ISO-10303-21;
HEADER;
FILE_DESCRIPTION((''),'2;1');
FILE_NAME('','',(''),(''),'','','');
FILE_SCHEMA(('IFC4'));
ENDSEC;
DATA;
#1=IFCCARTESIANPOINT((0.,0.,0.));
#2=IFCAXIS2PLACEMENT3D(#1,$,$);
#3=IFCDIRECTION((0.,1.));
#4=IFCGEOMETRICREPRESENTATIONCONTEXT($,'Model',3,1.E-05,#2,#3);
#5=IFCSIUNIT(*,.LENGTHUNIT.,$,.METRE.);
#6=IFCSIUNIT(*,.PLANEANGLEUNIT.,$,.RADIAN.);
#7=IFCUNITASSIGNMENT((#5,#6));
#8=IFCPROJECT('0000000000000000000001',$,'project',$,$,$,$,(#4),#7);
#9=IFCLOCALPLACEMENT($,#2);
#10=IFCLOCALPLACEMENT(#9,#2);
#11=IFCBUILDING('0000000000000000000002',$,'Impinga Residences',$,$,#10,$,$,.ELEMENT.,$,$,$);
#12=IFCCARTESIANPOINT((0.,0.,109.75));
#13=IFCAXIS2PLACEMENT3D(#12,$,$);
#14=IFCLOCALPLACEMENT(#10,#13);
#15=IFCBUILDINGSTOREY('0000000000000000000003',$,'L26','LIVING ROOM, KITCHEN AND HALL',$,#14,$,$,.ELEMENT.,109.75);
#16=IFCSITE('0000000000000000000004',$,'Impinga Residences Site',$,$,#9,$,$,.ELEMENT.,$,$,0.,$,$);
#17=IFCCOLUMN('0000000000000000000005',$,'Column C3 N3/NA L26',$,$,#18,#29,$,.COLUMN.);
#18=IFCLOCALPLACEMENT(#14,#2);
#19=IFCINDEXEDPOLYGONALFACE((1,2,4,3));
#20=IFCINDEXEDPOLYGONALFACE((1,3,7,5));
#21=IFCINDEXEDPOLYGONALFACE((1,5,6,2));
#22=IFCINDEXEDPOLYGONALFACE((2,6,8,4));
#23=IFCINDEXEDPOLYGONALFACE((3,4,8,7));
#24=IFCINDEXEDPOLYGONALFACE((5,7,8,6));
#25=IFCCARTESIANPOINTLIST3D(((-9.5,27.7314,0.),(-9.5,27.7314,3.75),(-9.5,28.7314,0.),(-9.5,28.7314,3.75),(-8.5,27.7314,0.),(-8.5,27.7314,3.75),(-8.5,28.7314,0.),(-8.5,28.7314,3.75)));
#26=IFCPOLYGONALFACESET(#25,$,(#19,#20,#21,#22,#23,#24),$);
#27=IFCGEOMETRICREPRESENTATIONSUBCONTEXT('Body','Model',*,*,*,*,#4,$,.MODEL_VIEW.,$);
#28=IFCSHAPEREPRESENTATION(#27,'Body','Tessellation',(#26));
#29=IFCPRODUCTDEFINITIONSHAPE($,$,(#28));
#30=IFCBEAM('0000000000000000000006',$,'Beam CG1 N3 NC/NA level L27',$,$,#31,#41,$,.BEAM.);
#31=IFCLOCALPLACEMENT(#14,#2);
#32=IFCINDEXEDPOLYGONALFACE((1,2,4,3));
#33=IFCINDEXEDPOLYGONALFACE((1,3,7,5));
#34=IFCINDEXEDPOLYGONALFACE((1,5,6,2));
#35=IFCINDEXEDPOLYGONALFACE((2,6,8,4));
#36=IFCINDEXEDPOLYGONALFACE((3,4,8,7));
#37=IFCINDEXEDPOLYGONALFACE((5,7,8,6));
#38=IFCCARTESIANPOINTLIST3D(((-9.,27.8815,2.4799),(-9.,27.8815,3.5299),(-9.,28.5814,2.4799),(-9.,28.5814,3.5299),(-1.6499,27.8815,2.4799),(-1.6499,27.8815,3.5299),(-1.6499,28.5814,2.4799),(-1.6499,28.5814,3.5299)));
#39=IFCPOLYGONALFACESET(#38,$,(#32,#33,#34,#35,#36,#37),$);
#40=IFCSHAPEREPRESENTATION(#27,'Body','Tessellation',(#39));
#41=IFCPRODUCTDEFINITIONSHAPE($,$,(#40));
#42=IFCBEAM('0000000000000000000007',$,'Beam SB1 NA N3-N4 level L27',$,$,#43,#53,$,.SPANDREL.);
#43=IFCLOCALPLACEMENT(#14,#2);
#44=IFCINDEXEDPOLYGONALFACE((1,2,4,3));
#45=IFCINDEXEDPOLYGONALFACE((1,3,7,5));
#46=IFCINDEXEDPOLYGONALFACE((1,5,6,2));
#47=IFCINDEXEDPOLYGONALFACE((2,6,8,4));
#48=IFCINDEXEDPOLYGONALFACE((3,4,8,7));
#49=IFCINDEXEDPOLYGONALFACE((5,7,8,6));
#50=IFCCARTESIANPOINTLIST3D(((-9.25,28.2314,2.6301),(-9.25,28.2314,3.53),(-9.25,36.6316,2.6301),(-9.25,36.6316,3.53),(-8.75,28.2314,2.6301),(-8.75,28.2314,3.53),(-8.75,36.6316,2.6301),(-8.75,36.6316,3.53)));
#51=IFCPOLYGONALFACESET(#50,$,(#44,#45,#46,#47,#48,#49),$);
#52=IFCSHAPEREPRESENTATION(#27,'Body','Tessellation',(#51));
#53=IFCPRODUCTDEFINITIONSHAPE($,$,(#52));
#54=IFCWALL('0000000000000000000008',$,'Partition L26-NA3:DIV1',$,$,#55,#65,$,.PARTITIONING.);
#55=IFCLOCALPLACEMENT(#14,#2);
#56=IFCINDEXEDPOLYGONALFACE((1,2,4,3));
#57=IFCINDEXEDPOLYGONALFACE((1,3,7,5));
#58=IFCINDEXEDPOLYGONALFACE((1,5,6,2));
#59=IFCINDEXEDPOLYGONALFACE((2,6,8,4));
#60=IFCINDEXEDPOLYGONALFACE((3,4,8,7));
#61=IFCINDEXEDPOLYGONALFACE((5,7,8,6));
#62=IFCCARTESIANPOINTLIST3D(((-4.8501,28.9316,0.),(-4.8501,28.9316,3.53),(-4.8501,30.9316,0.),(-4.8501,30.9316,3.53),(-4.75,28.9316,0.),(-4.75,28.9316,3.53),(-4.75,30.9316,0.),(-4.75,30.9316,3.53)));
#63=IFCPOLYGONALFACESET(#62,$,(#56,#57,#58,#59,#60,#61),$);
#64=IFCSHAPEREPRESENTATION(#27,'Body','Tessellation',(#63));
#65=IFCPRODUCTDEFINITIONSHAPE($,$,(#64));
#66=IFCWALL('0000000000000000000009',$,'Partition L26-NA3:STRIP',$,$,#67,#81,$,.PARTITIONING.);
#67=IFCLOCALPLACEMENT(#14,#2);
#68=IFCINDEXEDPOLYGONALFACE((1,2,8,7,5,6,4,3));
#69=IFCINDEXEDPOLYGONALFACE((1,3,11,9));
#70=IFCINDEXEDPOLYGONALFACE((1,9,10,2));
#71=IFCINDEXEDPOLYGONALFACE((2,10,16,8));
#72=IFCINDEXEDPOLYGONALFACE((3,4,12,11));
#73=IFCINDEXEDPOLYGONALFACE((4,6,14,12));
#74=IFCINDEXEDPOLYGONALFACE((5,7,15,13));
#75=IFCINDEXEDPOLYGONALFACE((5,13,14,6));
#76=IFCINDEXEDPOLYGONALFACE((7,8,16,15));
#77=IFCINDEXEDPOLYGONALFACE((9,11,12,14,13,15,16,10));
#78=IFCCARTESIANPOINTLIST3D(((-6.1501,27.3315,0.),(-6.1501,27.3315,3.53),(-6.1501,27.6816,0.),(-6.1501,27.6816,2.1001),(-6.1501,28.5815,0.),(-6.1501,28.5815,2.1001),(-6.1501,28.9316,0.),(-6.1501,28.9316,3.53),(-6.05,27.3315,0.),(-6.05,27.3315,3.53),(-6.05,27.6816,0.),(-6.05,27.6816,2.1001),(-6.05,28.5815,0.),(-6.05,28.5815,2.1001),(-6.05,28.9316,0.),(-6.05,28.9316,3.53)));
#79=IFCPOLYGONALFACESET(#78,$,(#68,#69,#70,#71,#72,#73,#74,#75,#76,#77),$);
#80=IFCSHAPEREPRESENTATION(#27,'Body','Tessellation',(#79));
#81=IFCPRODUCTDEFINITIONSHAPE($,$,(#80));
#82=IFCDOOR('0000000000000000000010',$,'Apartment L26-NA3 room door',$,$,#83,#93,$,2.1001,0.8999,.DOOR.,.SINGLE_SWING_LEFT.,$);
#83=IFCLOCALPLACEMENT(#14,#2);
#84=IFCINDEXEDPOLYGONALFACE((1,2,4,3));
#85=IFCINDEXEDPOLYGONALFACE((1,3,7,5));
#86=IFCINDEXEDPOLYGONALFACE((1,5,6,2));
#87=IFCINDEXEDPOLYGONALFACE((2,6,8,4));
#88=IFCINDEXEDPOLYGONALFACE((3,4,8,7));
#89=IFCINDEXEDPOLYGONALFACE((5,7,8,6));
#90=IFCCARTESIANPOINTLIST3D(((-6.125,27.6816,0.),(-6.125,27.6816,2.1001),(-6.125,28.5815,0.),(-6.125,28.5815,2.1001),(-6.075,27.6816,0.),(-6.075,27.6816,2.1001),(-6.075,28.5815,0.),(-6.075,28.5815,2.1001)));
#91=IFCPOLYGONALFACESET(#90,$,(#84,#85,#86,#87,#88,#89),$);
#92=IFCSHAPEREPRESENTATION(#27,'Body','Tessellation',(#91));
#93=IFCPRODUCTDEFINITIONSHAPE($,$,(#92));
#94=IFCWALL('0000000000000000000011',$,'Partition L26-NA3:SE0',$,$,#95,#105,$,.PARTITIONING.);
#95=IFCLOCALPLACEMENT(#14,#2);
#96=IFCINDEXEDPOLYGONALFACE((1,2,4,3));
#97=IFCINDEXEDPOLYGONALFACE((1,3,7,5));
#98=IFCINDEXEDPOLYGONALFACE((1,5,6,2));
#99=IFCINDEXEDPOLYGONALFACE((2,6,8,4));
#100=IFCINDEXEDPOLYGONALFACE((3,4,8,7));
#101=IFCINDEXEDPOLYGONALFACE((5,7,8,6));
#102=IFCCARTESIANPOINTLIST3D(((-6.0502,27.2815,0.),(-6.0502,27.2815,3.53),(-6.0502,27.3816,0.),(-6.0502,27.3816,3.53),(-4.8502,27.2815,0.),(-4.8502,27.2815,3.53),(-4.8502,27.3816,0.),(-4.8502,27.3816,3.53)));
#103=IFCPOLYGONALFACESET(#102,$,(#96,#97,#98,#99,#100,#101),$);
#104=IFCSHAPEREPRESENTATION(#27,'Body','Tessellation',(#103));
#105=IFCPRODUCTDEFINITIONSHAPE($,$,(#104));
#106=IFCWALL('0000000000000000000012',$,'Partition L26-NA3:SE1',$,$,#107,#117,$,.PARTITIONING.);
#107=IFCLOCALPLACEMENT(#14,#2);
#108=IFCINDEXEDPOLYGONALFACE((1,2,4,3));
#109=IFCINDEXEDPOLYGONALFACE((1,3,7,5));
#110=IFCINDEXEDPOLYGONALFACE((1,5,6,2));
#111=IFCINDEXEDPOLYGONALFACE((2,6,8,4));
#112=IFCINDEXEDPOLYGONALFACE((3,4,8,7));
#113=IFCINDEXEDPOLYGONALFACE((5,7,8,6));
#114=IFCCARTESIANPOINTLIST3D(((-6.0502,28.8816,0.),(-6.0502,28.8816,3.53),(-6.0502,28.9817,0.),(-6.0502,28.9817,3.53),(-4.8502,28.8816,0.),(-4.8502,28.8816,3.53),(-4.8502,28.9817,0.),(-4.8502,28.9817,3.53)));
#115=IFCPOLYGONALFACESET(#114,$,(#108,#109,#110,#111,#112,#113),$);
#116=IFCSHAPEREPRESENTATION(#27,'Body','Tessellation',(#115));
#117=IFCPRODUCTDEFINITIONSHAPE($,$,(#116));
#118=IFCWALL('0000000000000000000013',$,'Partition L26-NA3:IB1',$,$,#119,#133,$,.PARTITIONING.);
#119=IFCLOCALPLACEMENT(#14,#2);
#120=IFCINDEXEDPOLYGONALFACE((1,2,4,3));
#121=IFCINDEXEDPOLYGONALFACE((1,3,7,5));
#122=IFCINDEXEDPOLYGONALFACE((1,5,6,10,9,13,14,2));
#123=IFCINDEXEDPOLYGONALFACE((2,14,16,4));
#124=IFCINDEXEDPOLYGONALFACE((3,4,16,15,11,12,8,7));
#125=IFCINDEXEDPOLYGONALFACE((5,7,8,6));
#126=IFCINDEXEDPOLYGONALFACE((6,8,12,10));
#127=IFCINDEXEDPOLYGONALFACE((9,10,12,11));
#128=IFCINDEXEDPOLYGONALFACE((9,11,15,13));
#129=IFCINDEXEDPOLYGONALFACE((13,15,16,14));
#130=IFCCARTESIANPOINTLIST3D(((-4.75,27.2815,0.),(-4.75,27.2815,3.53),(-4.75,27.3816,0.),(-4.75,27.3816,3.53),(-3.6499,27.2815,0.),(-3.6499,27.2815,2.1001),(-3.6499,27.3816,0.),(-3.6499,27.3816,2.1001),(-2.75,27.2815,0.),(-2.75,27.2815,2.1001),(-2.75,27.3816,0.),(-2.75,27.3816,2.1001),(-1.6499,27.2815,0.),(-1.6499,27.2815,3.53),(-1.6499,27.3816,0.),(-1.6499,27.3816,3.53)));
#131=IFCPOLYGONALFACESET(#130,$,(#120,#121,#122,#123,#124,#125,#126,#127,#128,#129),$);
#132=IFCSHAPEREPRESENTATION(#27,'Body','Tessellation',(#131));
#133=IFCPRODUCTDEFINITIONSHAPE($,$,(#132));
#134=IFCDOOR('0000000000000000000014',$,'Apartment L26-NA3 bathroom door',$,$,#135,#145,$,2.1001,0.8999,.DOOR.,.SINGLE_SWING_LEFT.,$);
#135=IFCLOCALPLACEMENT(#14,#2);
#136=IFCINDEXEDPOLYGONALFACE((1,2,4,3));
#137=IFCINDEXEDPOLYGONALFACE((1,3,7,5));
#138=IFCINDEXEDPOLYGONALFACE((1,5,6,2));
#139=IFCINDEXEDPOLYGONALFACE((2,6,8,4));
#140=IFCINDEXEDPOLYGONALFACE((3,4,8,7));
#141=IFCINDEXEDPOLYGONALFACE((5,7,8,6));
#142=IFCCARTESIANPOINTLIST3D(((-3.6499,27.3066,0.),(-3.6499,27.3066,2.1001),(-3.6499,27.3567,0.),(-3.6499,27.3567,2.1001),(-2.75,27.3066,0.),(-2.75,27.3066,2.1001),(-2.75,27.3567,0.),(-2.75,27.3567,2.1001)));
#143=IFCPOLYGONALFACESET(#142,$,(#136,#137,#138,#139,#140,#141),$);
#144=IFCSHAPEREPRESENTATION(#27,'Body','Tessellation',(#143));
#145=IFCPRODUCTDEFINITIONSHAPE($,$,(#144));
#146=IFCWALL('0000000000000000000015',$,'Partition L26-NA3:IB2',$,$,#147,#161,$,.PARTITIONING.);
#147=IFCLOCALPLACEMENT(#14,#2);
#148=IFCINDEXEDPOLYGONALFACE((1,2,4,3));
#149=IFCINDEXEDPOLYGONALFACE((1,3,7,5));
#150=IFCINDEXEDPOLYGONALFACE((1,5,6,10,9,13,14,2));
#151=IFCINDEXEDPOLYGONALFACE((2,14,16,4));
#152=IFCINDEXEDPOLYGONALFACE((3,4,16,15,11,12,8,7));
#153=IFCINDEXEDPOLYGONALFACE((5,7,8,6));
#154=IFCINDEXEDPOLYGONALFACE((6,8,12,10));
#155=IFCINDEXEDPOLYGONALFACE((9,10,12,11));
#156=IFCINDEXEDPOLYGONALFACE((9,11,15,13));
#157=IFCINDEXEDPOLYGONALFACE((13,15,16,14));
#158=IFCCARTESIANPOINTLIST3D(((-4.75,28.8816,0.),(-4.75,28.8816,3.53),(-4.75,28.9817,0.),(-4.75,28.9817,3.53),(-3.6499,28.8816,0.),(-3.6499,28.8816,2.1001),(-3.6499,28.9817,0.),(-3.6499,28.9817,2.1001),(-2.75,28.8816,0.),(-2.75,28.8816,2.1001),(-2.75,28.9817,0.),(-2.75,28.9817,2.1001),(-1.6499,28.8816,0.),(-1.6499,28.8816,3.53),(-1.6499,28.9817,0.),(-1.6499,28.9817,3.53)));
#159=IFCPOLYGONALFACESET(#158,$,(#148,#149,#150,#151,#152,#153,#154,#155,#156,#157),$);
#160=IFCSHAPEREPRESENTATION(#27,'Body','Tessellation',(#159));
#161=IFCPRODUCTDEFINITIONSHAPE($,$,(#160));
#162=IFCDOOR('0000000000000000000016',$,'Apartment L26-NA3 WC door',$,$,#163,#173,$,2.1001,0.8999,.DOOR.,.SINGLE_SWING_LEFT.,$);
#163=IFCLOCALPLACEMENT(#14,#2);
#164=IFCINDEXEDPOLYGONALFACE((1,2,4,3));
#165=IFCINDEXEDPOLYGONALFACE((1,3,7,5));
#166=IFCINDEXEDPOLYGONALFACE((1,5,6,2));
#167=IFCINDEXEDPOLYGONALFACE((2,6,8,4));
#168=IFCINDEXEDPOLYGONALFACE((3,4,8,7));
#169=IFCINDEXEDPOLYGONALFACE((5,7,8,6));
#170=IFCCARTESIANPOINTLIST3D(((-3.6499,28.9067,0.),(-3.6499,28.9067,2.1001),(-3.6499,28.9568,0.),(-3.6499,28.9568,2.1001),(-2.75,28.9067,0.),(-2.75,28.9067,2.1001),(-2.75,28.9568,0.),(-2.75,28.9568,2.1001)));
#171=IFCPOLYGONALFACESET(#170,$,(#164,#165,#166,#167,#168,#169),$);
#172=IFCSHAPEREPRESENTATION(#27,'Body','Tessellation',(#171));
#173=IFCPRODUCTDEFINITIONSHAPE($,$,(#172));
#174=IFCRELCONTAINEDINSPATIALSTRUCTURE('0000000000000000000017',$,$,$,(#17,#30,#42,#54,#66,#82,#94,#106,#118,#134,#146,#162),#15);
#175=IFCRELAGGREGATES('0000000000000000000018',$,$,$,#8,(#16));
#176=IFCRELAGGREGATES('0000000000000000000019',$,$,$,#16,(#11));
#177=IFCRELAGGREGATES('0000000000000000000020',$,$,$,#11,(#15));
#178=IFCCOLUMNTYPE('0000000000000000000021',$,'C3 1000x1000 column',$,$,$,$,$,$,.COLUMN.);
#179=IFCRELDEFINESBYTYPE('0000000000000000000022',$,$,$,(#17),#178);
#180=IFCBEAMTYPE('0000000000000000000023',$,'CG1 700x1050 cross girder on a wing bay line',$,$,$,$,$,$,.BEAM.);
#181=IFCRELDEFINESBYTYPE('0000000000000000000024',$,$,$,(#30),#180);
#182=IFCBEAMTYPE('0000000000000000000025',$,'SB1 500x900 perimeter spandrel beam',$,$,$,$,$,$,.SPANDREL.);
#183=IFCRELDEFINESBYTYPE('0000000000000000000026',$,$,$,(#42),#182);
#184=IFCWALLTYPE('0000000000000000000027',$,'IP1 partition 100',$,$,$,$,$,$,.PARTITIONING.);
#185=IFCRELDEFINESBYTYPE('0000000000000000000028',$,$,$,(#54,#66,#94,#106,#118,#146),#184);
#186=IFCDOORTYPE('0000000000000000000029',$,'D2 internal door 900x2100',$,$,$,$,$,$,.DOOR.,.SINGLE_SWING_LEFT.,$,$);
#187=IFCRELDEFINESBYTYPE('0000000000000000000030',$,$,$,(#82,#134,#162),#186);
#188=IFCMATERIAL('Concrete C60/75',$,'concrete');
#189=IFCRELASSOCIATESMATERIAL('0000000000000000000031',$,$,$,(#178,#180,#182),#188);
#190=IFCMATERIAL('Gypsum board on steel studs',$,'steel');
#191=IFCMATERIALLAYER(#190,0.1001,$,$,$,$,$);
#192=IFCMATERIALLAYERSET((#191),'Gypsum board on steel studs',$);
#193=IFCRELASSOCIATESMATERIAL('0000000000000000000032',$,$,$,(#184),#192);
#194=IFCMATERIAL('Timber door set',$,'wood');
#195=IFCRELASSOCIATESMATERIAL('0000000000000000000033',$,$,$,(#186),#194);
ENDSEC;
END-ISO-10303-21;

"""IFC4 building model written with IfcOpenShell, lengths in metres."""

from ifc_helpers import new_model, si_unit, direction, frame, frame_2d, origin, origin_2d, place, context, subcontext, project, spatial, rectangle, extrude, material, layer, layer_set, material_profile, profile_set, type_object, element, fill, save


model = new_model("IFC4")

# Units and contexts
model_context = context("Model", 3, precision=1e-05, world=origin(), true_north=direction((0.0, 1.0)))
body_context = subcontext(model_context, "Body", "Model", "MODEL_VIEW")
ifc_project = project(units=[si_unit("LENGTHUNIT", "METRE"), si_unit("PLANEANGLEUNIT", "RADIAN")], contexts=[model_context])

# Site, building, storey
site_placement = place(None, origin())
site = spatial("IfcSite", under=ifc_project, at=site_placement, Name="Impinga Residences Site", CompositionType="ELEMENT", RefElevation=0.0)
building_placement = place(site_placement, origin())
building = spatial("IfcBuilding", under=site, at=building_placement, Name="Impinga Residences", CompositionType="ELEMENT")
storey_placement = place(building_placement, frame((0.0, 0.0, 109.75)))
storey = spatial("IfcBuildingStorey", under=building, at=storey_placement, Name="L26", Description="LIVING ROOM, KITCHEN AND HALL", CompositionType="ELEMENT", Elevation=109.75)

# Column
ifc_material_1 = material(Name="Concrete C60/75", Category="concrete")
ifc_material_profile_1 = material_profile(ifc_material_1, rectangle(XDim=1.0, YDim=1.0, at=origin_2d()), Name="RC 1000x1000")
ifc_profile_set_1 = profile_set([ifc_material_profile_1], Name="Concrete C60/75")
column_type = type_object("IfcColumnType", Name="C3 1000x1000 column", PredefinedType="COLUMN", material=ifc_profile_set_1)
column_placement = place(storey_placement, frame((-9.0, 28.2314, 0.0), z_axis=(0.0, 0.0, 1.0), x_axis=(1.0, 0.0, 0.0)))
element("IfcColumn", 1, at=column_placement, inside=storey, type_object=column_type, Name="Column C3 N3/NA L26", PredefinedType="COLUMN", context=body_context, shape_type="SweptSolid", body=[
    extrude(rectangle(XDim=1.0, YDim=1.0, at=origin_2d()), origin(), (0.0, 0.0, 1.0), 3.75),
])

# Beams
ifc_material_profile_2 = material_profile(ifc_material_1, rectangle(XDim=0.7, YDim=1.05, at=origin_2d()), Name="RC 700x1050")
ifc_profile_set_2 = profile_set([ifc_material_profile_2], Name="Concrete C60/75")
beam_type_1 = type_object("IfcBeamType", Name="CG1 700x1050 cross girder on a wing bay line", PredefinedType="BEAM", material=ifc_profile_set_2)
beam_1_placement = place(storey_placement, frame((-1.6499, 28.2314, 3.0049), z_axis=(-1.0, 0.0, 0.0), x_axis=(0.0, -1.0, 0.0)))
element("IfcBeam", 2, at=beam_1_placement, inside=storey, type_object=beam_type_1, Name="Beam CG1 N3 NC/NA level L27", PredefinedType="BEAM", context=body_context, shape_type="SweptSolid", body=[
    extrude(rectangle(XDim=0.7, YDim=1.05, at=origin_2d()), origin(), (0.0, 0.0, 1.0), 7.3501),
])
ifc_material_profile_3 = material_profile(ifc_material_1, rectangle(XDim=0.5, YDim=0.8999, at=origin_2d()), Name="RC 500x900")
ifc_profile_set_3 = profile_set([ifc_material_profile_3], Name="Concrete C60/75")
beam_type_2 = type_object("IfcBeamType", Name="SB1 500x900 perimeter spandrel beam", PredefinedType="SPANDREL", material=ifc_profile_set_3)
beam_2_placement = place(storey_placement, frame((-9.0, 28.2314, 3.0801), z_axis=(0.0, 1.0, 0.0), x_axis=(-1.0, 0.0, 0.0)))
element("IfcBeam", 3, at=beam_2_placement, inside=storey, type_object=beam_type_2, Name="Beam SB1 NA N3-N4 level L27", PredefinedType="SPANDREL", context=body_context, shape_type="SweptSolid", body=[
    extrude(rectangle(XDim=0.5, YDim=0.8999, at=origin_2d()), origin(), (0.0, 0.0, 1.0), 8.4001),
])

# Wall
ifc_material_2 = material(Name="Gypsum board on steel studs", Category="steel")
ifc_layer_1 = layer(ifc_material_2, 0.1001)
ifc_layer_set_1 = layer_set([ifc_layer_1], Name="Gypsum board on steel studs")
wall_type_1 = type_object("IfcWallType", Name="IP1 partition 100", PredefinedType="PARTITIONING", material=ifc_layer_set_1)
wall_1_placement = place(storey_placement, frame((-4.8, 28.9316, 0.0), z_axis=(0.0, 0.0, 1.0), x_axis=(0.0, 1.0, 0.0)))
element("IfcWall", 4, at=wall_1_placement, inside=storey, type_object=wall_type_1, Name="Partition L26-NA3:DIV1", PredefinedType="PARTITIONING", context=body_context, shape_type="SweptSolid", body=[
    extrude(rectangle(XDim=2.0, YDim=0.1001, at=frame_2d((1.0, 0.0))), origin(), (0.0, 0.0, 1.0), 3.53),
])

# Wall, opening, door
wall_2_placement = place(storey_placement, frame((-6.1001, 27.3315, 0.0), z_axis=(0.0, 0.0, 1.0), x_axis=(0.0, 1.0, 0.0)))
wall_2 = element("IfcWall", 5, at=wall_2_placement, inside=storey, type_object=wall_type_1, Name="Partition L26-NA3:STRIP", PredefinedType="PARTITIONING", context=body_context, shape_type="SweptSolid", body=[
    extrude(rectangle(XDim=1.6001, YDim=0.1001, at=frame_2d((0.8, 0.0))), origin(), (0.0, 0.0, 1.0), 3.53),
])
opening_1_placement = place(wall_2_placement, frame((0.3501, 0.0, 0.0)))
opening_1 = element("IfcOpeningElement", 6, at=opening_1_placement, cuts=wall_2, PredefinedType="OPENING", context=body_context, shape_type="SweptSolid", body=[
    extrude(rectangle(XDim=0.8999, YDim=2.1001, at=frame_2d((0.45, 1.05))), frame((0.0, 0.0601, 0.0), z_axis=(0.0, -1.0, 0.0), x_axis=(1.0, 0.0, 0.0)), (0.0, 0.0, 1.0), 0.1201),
])
ifc_material_3 = material(Name="Timber door set", Category="wood")
door_type = type_object("IfcDoorType", Name="D2 internal door 900x2100", OperationType="SINGLE_SWING_LEFT", PredefinedType="DOOR", material=ifc_material_3)
door_1_placement = place(opening_1_placement, origin())
door_1 = element("IfcDoor", 7, at=door_1_placement, inside=storey, type_object=door_type, Name="Apartment L26-NA3 room door", OperationType="SINGLE_SWING_LEFT", OverallHeight=2.1001, OverallWidth=0.8999, PredefinedType="DOOR", context=body_context, shape_type="SweptSolid", body=[
    extrude(rectangle(XDim=0.8999, YDim=2.1001, at=frame_2d((0.45, 1.05))), frame((0.0, 0.0249, 0.0), z_axis=(0.0, -1.0, 0.0), x_axis=(1.0, 0.0, 0.0)), (0.0, 0.0, 1.0), 0.05),
])
fill(opening_1, door_1)

# Walls
for number, where, z_axis, x_axis, name in (
    (8, (-4.8501, 27.3315, 0.0), (0.0, 0.0, 1.0), (-1.0, 0.0, 0.0), "Partition L26-NA3:SE0"),
    (9, (-4.8501, 28.9316, 0.0), (0.0, 0.0, 1.0), (-1.0, 0.0, 0.0), "Partition L26-NA3:SE1"),
):
    element("IfcWall", number, at=place(storey_placement, frame(where, z_axis=z_axis, x_axis=x_axis)), inside=storey, type_object=wall_type_1, Name=name, PredefinedType="PARTITIONING", context=body_context, shape_type="SweptSolid", body=[
        extrude(rectangle(XDim=1.2, YDim=0.1001, at=frame_2d((0.6001, 0.0))), origin(), (0.0, 0.0, 1.0), 3.53),
    ])

# Walls, openings, doors
wall_3_placement = place(storey_placement, frame((-1.6499, 27.3315, 0.0), z_axis=(0.0, 0.0, 1.0), x_axis=(-1.0, 0.0, 0.0)))
wall_3 = element("IfcWall", 10, at=wall_3_placement, inside=storey, type_object=wall_type_1, Name="Partition L26-NA3:IB1", PredefinedType="PARTITIONING", context=body_context, shape_type="SweptSolid", body=[
    extrude(rectangle(XDim=3.1001, YDim=0.1001, at=frame_2d((1.55, 0.0))), origin(), (0.0, 0.0, 1.0), 3.53),
])
opening_2_placement = place(wall_3_placement, frame((1.1001, 0.0, 0.0)))
opening_2 = element("IfcOpeningElement", 11, at=opening_2_placement, cuts=wall_3, PredefinedType="OPENING", context=body_context, shape_type="SweptSolid", body=[
    extrude(rectangle(XDim=0.8999, YDim=2.1001, at=frame_2d((0.45, 1.05))), frame((0.0, 0.0601, 0.0), z_axis=(0.0, -1.0, 0.0), x_axis=(1.0, 0.0, 0.0)), (0.0, 0.0, 1.0), 0.1201),
])
door_2_placement = place(opening_2_placement, origin())
door_2 = element("IfcDoor", 12, at=door_2_placement, inside=storey, type_object=door_type, Name="Apartment L26-NA3 bathroom door", OperationType="SINGLE_SWING_LEFT", OverallHeight=2.1001, OverallWidth=0.8999, PredefinedType="DOOR", context=body_context, shape_type="SweptSolid", body=[
    extrude(rectangle(XDim=0.8999, YDim=2.1001, at=frame_2d((0.45, 1.05))), frame((0.0, 0.0249, 0.0), z_axis=(0.0, -1.0, 0.0), x_axis=(1.0, 0.0, 0.0)), (0.0, 0.0, 1.0), 0.05),
])
fill(opening_2, door_2)
wall_4_placement = place(storey_placement, frame((-1.6499, 28.9316, 0.0), z_axis=(0.0, 0.0, 1.0), x_axis=(-1.0, 0.0, 0.0)))
wall_4 = element("IfcWall", 13, at=wall_4_placement, inside=storey, type_object=wall_type_1, Name="Partition L26-NA3:IB2", PredefinedType="PARTITIONING", context=body_context, shape_type="SweptSolid", body=[
    extrude(rectangle(XDim=3.1001, YDim=0.1001, at=frame_2d((1.55, 0.0))), origin(), (0.0, 0.0, 1.0), 3.53),
])
opening_3_placement = place(wall_4_placement, frame((1.1001, 0.0, 0.0)))
opening_3 = element("IfcOpeningElement", 14, at=opening_3_placement, cuts=wall_4, PredefinedType="OPENING", context=body_context, shape_type="SweptSolid", body=[
    extrude(rectangle(XDim=0.8999, YDim=2.1001, at=frame_2d((0.45, 1.05))), frame((0.0, 0.0601, 0.0), z_axis=(0.0, -1.0, 0.0), x_axis=(1.0, 0.0, 0.0)), (0.0, 0.0, 1.0), 0.1201),
])
door_3_placement = place(opening_3_placement, origin())
door_3 = element("IfcDoor", 15, at=door_3_placement, inside=storey, type_object=door_type, Name="Apartment L26-NA3 WC door", OperationType="SINGLE_SWING_LEFT", OverallHeight=2.1001, OverallWidth=0.8999, PredefinedType="DOOR", context=body_context, shape_type="SweptSolid", body=[
    extrude(rectangle(XDim=0.8999, YDim=2.1001, at=frame_2d((0.45, 1.05))), frame((0.0, 0.0249, 0.0), z_axis=(0.0, -1.0, 0.0), x_axis=(1.0, 0.0, 0.0)), (0.0, 0.0, 1.0), 0.05),
])
fill(opening_3, door_3)

save(model, "model.ifc")
